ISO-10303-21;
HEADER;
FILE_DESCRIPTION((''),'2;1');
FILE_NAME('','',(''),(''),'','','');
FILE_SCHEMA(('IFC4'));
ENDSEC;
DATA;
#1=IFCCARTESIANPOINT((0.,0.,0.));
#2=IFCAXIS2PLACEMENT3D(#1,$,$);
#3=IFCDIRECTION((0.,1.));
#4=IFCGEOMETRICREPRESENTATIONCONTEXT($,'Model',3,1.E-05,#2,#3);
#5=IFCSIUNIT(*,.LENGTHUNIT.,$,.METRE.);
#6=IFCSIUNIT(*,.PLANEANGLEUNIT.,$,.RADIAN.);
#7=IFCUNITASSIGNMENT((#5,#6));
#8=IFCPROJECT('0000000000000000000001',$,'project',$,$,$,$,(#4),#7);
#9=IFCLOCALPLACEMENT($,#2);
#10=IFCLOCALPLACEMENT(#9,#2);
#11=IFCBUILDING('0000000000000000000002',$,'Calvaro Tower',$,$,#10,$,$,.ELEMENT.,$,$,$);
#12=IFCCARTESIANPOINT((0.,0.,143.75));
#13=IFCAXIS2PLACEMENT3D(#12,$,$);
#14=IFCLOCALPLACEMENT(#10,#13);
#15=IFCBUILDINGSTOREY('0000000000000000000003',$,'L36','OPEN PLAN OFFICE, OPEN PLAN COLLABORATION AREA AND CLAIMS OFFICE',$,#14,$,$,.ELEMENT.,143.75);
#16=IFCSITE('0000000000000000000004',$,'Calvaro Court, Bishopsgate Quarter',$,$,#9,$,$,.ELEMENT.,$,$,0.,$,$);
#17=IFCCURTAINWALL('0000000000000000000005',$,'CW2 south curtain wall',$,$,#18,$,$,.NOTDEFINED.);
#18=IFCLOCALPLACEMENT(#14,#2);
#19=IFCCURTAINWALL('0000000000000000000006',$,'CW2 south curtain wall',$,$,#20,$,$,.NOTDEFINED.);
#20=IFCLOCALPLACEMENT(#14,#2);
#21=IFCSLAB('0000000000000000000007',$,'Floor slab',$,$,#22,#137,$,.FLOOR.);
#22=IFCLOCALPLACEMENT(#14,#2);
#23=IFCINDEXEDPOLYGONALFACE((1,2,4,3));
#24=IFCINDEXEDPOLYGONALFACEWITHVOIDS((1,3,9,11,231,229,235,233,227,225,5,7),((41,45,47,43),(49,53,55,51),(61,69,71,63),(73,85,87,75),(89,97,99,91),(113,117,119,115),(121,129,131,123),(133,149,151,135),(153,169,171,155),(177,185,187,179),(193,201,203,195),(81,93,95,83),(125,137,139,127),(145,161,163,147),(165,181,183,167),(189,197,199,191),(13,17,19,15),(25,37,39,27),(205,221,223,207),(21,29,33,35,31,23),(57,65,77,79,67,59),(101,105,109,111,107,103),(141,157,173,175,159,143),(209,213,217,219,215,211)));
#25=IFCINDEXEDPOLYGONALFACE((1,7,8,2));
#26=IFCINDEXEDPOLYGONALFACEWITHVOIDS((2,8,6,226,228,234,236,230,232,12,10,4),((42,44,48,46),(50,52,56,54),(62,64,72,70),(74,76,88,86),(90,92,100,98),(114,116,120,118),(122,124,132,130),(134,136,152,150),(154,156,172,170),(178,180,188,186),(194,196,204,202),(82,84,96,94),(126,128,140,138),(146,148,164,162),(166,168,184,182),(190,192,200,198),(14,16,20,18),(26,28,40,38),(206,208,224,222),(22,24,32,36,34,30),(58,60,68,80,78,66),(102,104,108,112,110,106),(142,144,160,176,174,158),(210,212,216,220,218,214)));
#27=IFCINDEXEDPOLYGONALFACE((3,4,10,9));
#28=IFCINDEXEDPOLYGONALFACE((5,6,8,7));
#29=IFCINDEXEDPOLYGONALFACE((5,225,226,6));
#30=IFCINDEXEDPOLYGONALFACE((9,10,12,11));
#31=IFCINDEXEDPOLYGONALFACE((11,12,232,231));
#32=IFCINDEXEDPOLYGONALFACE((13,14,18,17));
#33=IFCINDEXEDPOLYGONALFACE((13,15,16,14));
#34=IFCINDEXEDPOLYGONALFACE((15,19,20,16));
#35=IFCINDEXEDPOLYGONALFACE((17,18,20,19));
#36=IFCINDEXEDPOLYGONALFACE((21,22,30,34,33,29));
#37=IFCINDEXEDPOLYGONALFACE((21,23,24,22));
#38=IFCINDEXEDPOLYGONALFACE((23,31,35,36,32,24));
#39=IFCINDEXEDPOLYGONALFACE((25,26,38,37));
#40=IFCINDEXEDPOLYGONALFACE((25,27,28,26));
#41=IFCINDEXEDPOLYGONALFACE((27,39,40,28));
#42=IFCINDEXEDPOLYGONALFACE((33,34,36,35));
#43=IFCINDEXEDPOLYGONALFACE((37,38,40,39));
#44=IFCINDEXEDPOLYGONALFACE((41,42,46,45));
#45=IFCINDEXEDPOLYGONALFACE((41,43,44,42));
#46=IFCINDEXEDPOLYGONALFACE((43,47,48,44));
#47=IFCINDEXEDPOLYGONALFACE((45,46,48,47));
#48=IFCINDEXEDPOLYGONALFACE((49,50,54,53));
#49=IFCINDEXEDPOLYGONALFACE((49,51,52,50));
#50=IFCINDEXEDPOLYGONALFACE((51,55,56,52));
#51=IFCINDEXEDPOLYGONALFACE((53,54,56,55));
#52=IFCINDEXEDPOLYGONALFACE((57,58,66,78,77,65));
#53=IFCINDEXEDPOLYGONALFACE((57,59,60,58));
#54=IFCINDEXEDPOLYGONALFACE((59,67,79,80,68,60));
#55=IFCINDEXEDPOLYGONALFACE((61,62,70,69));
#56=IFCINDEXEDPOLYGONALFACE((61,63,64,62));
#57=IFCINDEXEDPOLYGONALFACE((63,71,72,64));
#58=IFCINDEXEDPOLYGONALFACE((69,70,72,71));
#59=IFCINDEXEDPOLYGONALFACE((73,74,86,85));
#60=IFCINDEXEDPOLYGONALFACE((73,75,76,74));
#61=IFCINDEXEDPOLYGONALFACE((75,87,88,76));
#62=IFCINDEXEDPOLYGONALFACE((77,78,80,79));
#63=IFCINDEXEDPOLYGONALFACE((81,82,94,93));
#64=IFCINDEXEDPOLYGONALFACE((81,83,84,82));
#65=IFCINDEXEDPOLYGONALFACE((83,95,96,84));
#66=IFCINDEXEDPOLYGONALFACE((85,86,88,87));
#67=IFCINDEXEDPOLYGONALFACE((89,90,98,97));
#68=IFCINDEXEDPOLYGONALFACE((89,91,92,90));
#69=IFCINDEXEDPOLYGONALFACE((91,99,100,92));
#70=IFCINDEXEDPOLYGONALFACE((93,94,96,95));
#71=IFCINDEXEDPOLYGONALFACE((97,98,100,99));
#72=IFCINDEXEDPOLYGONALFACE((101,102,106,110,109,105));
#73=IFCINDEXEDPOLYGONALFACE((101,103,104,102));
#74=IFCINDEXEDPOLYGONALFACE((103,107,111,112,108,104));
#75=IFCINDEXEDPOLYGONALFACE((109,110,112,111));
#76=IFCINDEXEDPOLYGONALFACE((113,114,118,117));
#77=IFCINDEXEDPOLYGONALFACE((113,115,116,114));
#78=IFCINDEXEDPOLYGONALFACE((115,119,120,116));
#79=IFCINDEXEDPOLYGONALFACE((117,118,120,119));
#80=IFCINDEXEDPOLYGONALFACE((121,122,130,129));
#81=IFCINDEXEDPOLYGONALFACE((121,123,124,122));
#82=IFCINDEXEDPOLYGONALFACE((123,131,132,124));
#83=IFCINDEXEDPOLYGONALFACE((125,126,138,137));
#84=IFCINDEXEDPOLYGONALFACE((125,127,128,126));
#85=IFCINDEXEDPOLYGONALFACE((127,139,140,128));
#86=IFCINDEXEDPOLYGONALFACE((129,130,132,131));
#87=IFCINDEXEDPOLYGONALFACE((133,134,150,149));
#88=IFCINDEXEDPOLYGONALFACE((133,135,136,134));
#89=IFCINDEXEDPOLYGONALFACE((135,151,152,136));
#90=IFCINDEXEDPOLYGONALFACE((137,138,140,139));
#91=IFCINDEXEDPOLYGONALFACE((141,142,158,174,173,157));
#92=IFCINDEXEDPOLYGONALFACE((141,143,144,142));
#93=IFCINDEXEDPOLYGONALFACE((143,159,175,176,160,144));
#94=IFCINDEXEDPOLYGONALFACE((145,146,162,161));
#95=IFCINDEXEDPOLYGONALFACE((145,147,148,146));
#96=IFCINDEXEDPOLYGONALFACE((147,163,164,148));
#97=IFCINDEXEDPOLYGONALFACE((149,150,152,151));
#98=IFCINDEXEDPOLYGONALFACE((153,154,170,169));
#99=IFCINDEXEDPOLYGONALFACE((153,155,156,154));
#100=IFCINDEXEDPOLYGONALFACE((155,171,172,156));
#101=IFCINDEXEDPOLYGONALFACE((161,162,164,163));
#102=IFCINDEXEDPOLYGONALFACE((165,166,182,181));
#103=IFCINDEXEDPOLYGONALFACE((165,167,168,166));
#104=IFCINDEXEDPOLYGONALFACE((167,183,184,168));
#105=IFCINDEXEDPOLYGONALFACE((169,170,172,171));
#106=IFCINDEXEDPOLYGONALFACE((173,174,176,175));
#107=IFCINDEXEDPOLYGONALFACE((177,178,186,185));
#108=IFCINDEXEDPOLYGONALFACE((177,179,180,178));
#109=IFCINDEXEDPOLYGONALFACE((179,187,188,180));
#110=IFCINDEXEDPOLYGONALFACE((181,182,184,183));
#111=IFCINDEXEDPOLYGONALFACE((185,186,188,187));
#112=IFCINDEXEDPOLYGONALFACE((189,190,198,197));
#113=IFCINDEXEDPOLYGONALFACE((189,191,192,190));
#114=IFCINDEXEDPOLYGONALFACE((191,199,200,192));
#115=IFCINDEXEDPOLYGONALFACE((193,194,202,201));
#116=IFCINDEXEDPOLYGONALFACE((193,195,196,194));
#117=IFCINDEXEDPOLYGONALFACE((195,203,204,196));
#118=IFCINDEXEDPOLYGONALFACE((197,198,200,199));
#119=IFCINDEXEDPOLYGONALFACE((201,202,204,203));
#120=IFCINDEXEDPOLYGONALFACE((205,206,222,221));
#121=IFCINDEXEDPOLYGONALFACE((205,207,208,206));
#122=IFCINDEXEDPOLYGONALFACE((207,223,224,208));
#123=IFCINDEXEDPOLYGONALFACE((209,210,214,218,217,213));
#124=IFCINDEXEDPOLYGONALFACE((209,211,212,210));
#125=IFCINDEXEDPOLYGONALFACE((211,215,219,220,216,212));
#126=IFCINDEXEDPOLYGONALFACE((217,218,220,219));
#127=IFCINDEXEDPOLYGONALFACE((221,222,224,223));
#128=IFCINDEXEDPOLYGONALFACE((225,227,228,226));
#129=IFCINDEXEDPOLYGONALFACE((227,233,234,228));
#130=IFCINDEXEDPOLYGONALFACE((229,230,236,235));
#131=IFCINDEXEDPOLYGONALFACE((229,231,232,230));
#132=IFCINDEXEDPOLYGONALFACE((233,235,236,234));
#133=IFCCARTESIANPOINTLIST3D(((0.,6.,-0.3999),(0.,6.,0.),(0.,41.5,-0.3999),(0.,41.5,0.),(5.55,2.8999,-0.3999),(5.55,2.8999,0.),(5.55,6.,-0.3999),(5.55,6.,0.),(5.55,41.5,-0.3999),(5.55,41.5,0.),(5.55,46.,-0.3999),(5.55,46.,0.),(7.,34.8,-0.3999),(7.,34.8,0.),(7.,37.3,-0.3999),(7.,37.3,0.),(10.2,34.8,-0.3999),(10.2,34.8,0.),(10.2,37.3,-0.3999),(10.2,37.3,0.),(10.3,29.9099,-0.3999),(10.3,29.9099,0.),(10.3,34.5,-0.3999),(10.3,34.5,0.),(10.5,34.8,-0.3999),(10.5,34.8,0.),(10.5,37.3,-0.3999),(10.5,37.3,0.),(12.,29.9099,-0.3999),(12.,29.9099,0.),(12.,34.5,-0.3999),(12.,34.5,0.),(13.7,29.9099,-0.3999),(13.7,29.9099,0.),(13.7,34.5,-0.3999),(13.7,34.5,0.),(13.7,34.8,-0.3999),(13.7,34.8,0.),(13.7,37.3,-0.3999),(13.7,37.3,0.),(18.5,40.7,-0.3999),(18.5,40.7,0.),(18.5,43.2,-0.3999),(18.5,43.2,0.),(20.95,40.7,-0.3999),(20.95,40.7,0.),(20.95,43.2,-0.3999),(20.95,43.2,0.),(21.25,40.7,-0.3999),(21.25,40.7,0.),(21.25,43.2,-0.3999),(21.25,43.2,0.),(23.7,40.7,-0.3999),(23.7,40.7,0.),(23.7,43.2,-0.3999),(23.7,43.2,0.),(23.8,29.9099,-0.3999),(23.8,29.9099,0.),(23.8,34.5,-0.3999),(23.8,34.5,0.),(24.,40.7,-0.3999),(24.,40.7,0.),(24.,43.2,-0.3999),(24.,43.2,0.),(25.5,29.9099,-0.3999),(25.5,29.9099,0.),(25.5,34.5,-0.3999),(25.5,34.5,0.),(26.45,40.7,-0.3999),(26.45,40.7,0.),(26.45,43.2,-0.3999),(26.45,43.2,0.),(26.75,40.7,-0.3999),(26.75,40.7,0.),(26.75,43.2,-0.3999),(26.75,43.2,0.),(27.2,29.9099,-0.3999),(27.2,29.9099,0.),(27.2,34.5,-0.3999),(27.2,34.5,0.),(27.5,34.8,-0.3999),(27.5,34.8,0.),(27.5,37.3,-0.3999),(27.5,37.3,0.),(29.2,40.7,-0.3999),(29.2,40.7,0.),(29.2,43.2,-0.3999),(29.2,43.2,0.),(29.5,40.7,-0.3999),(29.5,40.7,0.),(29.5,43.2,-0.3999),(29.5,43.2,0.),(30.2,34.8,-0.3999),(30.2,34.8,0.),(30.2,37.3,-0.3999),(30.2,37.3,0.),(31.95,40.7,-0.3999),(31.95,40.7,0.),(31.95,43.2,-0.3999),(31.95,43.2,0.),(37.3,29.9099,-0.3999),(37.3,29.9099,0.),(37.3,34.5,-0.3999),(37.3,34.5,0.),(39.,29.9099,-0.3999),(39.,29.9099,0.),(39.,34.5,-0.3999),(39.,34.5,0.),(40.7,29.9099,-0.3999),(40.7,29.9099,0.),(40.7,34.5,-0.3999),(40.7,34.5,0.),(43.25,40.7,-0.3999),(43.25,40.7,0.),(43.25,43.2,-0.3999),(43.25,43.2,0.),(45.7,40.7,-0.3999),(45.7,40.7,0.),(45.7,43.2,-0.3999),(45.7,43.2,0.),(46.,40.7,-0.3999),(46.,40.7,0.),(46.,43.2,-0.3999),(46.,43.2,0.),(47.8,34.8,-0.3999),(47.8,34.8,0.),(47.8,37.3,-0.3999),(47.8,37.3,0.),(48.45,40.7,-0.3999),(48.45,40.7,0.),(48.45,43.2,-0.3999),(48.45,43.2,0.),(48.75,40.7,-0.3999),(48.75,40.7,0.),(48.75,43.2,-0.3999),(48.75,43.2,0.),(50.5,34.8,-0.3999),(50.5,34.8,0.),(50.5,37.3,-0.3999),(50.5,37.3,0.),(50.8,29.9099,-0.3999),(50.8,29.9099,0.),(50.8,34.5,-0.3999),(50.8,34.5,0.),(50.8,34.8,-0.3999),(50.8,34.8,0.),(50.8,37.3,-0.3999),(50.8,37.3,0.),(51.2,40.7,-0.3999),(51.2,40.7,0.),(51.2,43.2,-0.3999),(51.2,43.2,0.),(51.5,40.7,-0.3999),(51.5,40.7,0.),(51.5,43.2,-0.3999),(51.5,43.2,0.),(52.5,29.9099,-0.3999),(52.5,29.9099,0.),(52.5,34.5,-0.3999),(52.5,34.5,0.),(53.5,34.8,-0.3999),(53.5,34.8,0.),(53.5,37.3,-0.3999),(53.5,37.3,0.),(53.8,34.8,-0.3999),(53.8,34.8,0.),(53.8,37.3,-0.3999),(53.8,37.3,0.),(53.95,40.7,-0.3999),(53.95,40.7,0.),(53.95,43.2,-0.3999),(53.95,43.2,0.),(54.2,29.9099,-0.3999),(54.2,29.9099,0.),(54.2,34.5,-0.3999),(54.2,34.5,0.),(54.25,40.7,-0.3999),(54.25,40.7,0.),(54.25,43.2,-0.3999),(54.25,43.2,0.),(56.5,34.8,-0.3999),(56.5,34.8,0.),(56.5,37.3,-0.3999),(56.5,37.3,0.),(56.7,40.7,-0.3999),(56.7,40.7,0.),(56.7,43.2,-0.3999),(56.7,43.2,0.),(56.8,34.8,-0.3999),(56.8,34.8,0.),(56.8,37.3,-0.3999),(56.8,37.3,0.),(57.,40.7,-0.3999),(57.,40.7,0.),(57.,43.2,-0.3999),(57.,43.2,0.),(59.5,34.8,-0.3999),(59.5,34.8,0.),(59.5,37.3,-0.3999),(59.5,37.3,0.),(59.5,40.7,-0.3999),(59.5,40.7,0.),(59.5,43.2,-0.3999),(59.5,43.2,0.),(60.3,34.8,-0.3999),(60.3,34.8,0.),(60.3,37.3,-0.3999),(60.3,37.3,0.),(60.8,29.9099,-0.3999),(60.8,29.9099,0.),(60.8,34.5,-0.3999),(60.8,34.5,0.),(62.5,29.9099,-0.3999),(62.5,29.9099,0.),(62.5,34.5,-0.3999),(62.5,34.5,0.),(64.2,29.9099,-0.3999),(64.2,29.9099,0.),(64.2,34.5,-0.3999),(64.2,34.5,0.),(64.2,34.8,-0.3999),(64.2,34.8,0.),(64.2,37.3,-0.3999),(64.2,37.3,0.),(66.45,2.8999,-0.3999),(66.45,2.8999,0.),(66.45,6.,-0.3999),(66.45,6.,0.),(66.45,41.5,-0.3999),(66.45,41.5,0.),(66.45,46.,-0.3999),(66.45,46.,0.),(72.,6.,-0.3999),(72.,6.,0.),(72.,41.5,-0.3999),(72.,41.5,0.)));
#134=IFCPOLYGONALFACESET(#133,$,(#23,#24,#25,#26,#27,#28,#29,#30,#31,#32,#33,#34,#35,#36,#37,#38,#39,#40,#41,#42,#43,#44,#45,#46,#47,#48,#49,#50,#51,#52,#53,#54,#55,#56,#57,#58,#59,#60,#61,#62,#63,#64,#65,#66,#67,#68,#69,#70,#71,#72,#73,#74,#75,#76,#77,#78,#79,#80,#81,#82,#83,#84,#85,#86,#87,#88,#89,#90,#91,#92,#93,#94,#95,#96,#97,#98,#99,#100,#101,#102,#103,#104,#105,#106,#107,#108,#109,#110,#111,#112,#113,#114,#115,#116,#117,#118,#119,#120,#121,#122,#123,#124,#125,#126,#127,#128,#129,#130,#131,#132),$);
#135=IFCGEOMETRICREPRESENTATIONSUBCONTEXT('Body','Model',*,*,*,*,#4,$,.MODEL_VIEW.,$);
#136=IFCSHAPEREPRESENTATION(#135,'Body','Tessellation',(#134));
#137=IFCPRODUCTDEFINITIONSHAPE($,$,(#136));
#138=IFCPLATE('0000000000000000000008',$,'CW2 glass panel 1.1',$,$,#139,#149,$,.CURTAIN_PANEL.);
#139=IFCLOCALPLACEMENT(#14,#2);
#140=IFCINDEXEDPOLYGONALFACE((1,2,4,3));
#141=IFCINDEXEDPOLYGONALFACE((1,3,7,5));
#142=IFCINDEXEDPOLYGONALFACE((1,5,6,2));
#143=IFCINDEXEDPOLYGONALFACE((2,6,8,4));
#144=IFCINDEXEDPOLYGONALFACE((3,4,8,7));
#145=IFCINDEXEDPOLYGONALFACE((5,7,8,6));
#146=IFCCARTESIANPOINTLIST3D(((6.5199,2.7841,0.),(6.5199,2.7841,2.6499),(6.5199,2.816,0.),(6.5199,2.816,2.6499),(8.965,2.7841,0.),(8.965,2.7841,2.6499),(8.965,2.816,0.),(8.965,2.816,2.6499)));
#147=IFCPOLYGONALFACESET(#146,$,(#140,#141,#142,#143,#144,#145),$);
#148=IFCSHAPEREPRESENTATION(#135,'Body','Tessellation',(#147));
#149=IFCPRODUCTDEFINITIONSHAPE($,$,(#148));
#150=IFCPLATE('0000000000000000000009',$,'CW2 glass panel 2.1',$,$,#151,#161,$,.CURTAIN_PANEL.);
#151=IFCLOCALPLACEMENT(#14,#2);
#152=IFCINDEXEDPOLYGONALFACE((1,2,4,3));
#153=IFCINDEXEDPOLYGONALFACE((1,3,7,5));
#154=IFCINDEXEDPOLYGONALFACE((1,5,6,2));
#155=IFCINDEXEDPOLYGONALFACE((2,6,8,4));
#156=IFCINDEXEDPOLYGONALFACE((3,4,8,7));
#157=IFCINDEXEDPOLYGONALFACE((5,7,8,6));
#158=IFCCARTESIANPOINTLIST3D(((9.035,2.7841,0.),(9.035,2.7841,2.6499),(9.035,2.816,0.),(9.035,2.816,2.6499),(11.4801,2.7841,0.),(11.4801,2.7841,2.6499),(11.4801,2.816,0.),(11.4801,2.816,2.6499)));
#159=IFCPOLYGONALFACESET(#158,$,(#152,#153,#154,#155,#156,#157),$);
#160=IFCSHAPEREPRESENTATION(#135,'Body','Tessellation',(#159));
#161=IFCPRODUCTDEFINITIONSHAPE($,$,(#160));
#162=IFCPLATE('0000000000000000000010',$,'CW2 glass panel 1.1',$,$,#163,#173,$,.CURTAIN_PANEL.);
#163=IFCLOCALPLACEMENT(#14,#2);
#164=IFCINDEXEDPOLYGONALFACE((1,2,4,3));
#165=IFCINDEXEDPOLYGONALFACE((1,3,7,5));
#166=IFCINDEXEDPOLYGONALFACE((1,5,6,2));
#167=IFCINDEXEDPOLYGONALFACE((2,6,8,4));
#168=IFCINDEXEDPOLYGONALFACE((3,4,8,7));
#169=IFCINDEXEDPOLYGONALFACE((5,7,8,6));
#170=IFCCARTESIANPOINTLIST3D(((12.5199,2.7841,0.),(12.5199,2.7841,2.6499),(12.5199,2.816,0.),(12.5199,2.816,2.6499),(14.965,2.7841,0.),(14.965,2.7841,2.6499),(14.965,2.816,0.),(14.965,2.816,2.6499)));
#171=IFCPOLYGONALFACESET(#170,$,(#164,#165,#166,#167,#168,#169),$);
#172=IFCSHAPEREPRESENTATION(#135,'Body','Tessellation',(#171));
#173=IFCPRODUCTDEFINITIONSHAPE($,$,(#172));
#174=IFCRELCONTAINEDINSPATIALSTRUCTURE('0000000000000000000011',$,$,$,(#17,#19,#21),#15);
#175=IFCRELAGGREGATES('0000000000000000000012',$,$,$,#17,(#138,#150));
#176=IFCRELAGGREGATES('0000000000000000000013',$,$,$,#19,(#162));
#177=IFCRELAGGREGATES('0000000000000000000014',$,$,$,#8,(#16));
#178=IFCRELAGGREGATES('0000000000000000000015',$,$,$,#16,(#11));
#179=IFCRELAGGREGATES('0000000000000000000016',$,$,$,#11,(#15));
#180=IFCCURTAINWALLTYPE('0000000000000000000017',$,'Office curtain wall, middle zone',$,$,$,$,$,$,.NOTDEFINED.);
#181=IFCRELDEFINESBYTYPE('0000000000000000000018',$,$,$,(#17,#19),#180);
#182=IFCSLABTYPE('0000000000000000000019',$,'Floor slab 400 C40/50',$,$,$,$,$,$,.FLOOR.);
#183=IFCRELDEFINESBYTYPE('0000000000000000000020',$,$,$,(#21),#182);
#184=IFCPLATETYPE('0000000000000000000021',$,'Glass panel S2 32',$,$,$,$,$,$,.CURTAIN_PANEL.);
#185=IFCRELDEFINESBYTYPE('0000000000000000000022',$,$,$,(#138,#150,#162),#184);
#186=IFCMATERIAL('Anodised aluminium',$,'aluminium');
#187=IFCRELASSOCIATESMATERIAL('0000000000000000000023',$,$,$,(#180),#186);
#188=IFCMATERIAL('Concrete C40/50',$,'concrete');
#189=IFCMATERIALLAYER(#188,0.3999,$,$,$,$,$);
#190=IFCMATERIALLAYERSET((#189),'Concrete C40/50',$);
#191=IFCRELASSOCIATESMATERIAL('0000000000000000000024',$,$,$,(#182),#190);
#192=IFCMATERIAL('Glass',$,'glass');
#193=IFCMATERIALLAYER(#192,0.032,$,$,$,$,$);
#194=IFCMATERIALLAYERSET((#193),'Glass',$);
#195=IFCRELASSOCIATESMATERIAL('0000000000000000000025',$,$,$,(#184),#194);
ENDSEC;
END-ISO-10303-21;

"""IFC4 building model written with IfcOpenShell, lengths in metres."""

from ifc_helpers import new_model, si_unit, direction, frame, origin, origin_2d, place, context, subcontext, project, spatial, polyline, rectangle, outline, extrude, material, layer, layer_set, type_object, element, aggregate, save


model = new_model("IFC4")

# Units and contexts
model_context = context("Model", 3, precision=1e-05, world=origin(), true_north=direction((0.0, 1.0)))
body_context = subcontext(model_context, "Body", "Model", "MODEL_VIEW")
ifc_project = project(units=[si_unit("LENGTHUNIT", "METRE"), si_unit("PLANEANGLEUNIT", "RADIAN")], contexts=[model_context])

# Site, building, storey
site_placement = place(None, origin())
site = spatial("IfcSite", under=ifc_project, at=site_placement, Name="Calvaro Court, Bishopsgate Quarter", CompositionType="ELEMENT", RefElevation=0.0)
building_placement = place(site_placement, origin())
building = spatial("IfcBuilding", under=site, at=building_placement, Name="Calvaro Tower", CompositionType="ELEMENT")
storey_placement = place(building_placement, frame((0.0, 0.0, 143.75)))
storey = spatial("IfcBuildingStorey", under=building, at=storey_placement, Name="L36", Description="OPEN PLAN OFFICE, OPEN PLAN COLLABORATION AREA AND CLAIMS OFFICE", CompositionType="ELEMENT", Elevation=143.75)

# Curtain walls
ifc_material_1 = material(Name="Anodised aluminium", Category="aluminium")
curtain_wall_type = type_object("IfcCurtainWallType", Name="Office curtain wall, middle zone", PredefinedType="NOTDEFINED", material=ifc_material_1)
curtain_wall_1_placement = place(storey_placement, origin())
curtain_wall_1 = element("IfcCurtainWall", 1, at=curtain_wall_1_placement, inside=storey, type_object=curtain_wall_type, Name="CW2 south curtain wall", PredefinedType="NOTDEFINED")
curtain_wall_2_placement = place(storey_placement, origin())
curtain_wall_2 = element("IfcCurtainWall", 2, at=curtain_wall_2_placement, inside=storey, type_object=curtain_wall_type, Name="CW2 south curtain wall", PredefinedType="NOTDEFINED")

# Slab
ifc_material_2 = material(Name="Concrete C40/50", Category="concrete")
ifc_layer_1 = layer(ifc_material_2, 0.3999)
ifc_layer_set_1 = layer_set([ifc_layer_1], Name="Concrete C40/50")
slab_type_1 = type_object("IfcSlabType", Name="Floor slab 400 C40/50", PredefinedType="FLOOR", material=ifc_layer_set_1)
slab_1_placement = place(storey_placement, frame((0.0, 0.0, -0.3999)))
element("IfcSlab", 3, at=slab_1_placement, inside=storey, type_object=slab_type_1, Name="Floor slab", PredefinedType="FLOOR", context=body_context, shape_type="SweptSolid", body=[
    extrude(outline(polyline([(66.45, 6.0), (66.45, 2.8999), (5.55, 2.8999), (5.55, 6.0), (0.0, 6.0), (0.0, 41.5), (5.55, 41.5), (5.55, 46.0), (66.45, 46.0), (66.45, 41.5), (72.0, 41.5), (72.0, 6.0), (66.45, 6.0)]), holes=[polyline([(10.3, 29.9099), (10.3, 34.5), (12.0, 34.5), (13.7, 34.5), (13.7, 29.9099), (12.0, 29.9099), (10.3, 29.9099)]), polyline([(23.8, 29.9099), (23.8, 34.5), (25.5, 34.5), (27.2, 34.5), (27.2, 29.9099), (25.5, 29.9099), (23.8, 29.9099)]), polyline([(37.3, 29.9099), (37.3, 34.5), (39.0, 34.5), (40.7, 34.5), (40.7, 29.9099), (39.0, 29.9099), (37.3, 29.9099)]), polyline([(50.8, 29.9099), (50.8, 34.5), (52.5, 34.5), (54.2, 34.5), (54.2, 29.9099), (52.5, 29.9099), (50.8, 29.9099)]), polyline([(60.8, 29.9099), (60.8, 34.5), (62.5, 34.5), (64.2, 34.5), (64.2, 29.9099), (62.5, 29.9099), (60.8, 29.9099)]), polyline([(50.8, 34.8), (53.5, 34.8), (53.5, 37.3), (50.8, 37.3), (50.8, 34.8)]), polyline([(53.8, 34.8), (56.5, 34.8), (56.5, 37.3), (53.8, 37.3), (53.8, 34.8)]), polyline([(56.8, 34.8), (59.5, 34.8), (59.5, 37.3), (56.8, 37.3), (56.8, 34.8)]), polyline([(18.5, 40.7), (20.95, 40.7), (20.95, 43.2), (18.5, 43.2), (18.5, 40.7)]), polyline([(21.25, 40.7), (23.7, 40.7), (23.7, 43.2), (21.25, 43.2), (21.25, 40.7)]), polyline([(24.0, 40.7), (26.45, 40.7), (26.45, 43.2), (24.0, 43.2), (24.0, 40.7)]), polyline([(26.75, 40.7), (29.2, 40.7), (29.2, 43.2), (26.75, 43.2), (26.75, 40.7)]), polyline([(29.5, 40.7), (31.95, 40.7), (31.95, 43.2), (29.5, 43.2), (29.5, 40.7)]), polyline([(43.25, 40.7), (45.7, 40.7), (45.7, 43.2), (43.25, 43.2), (43.25, 40.7)]), polyline([(46.0, 40.7), (48.45, 40.7), (48.45, 43.2), (46.0, 43.2), (46.0, 40.7)]), polyline([(48.75, 40.7), (51.2, 40.7), (51.2, 43.2), (48.75, 43.2), (48.75, 40.7)]), polyline([(51.5, 40.7), (53.95, 40.7), (53.95, 43.2), (51.5, 43.2), (51.5, 40.7)]), polyline([(54.25, 40.7), (56.7, 40.7), (56.7, 43.2), (54.25, 43.2), (54.25, 40.7)]), polyline([(57.0, 40.7), (59.5, 40.7), (59.5, 43.2), (57.0, 43.2), (57.0, 40.7)]), polyline([(7.0, 34.8), (10.2, 34.8), (10.2, 37.3), (7.0, 37.3), (7.0, 34.8)]), polyline([(10.5, 34.8), (13.7, 34.8), (13.7, 37.3), (10.5, 37.3), (10.5, 34.8)]), polyline([(60.3, 34.8), (64.2, 34.8), (64.2, 37.3), (60.3, 37.3), (60.3, 34.8)]), polyline([(27.5, 34.8), (30.2, 34.8), (30.2, 37.3), (27.5, 37.3), (27.5, 34.8)]), polyline([(47.8, 34.8), (50.5, 34.8), (50.5, 37.3), (47.8, 37.3), (47.8, 34.8)])]), origin(), (0.0, 0.0, 1.0), 0.3999),
])

# Plates
ifc_material_3 = material(Name="Glass", Category="glass")
ifc_layer_2 = layer(ifc_material_3, 0.032)
ifc_layer_set_2 = layer_set([ifc_layer_2], Name="Glass")
plate_type = type_object("IfcPlateType", Name="Glass panel S2 32", PredefinedType="CURTAIN_PANEL", material=ifc_layer_set_2)
plate_1_placement = place(storey_placement, frame((7.7424, 2.8, 0.0), z_axis=(0.0, 0.0, 1.0), x_axis=(1.0, 0.0, 0.0)))
plate_1 = element("IfcPlate", 4, at=plate_1_placement, type_object=plate_type, Name="CW2 glass panel 1.1", PredefinedType="CURTAIN_PANEL", context=body_context, shape_type="SweptSolid", body=[
    extrude(rectangle(XDim=2.4451, YDim=0.032, at=origin_2d()), origin(), (0.0, 0.0, 1.0), 2.6499),
])
plate_2_placement = place(storey_placement, frame((10.2576, 2.8, 0.0), z_axis=(0.0, 0.0, 1.0), x_axis=(1.0, 0.0, 0.0)))
plate_2 = element("IfcPlate", 5, at=plate_2_placement, type_object=plate_type, Name="CW2 glass panel 2.1", PredefinedType="CURTAIN_PANEL", context=body_context, shape_type="SweptSolid", body=[
    extrude(rectangle(XDim=2.4451, YDim=0.032, at=origin_2d()), origin(), (0.0, 0.0, 1.0), 2.6499),
])
aggregate(curtain_wall_1, [plate_1, plate_2])
plate_3_placement = place(storey_placement, frame((13.7424, 2.8, 0.0), z_axis=(0.0, 0.0, 1.0), x_axis=(1.0, 0.0, 0.0)))
plate_3 = element("IfcPlate", 6, at=plate_3_placement, type_object=plate_type, Name="CW2 glass panel 1.1", PredefinedType="CURTAIN_PANEL", context=body_context, shape_type="SweptSolid", body=[
    extrude(rectangle(XDim=2.4451, YDim=0.032, at=origin_2d()), origin(), (0.0, 0.0, 1.0), 2.6499),
])
aggregate(curtain_wall_2, [plate_3])

save(model, "model.ifc")
